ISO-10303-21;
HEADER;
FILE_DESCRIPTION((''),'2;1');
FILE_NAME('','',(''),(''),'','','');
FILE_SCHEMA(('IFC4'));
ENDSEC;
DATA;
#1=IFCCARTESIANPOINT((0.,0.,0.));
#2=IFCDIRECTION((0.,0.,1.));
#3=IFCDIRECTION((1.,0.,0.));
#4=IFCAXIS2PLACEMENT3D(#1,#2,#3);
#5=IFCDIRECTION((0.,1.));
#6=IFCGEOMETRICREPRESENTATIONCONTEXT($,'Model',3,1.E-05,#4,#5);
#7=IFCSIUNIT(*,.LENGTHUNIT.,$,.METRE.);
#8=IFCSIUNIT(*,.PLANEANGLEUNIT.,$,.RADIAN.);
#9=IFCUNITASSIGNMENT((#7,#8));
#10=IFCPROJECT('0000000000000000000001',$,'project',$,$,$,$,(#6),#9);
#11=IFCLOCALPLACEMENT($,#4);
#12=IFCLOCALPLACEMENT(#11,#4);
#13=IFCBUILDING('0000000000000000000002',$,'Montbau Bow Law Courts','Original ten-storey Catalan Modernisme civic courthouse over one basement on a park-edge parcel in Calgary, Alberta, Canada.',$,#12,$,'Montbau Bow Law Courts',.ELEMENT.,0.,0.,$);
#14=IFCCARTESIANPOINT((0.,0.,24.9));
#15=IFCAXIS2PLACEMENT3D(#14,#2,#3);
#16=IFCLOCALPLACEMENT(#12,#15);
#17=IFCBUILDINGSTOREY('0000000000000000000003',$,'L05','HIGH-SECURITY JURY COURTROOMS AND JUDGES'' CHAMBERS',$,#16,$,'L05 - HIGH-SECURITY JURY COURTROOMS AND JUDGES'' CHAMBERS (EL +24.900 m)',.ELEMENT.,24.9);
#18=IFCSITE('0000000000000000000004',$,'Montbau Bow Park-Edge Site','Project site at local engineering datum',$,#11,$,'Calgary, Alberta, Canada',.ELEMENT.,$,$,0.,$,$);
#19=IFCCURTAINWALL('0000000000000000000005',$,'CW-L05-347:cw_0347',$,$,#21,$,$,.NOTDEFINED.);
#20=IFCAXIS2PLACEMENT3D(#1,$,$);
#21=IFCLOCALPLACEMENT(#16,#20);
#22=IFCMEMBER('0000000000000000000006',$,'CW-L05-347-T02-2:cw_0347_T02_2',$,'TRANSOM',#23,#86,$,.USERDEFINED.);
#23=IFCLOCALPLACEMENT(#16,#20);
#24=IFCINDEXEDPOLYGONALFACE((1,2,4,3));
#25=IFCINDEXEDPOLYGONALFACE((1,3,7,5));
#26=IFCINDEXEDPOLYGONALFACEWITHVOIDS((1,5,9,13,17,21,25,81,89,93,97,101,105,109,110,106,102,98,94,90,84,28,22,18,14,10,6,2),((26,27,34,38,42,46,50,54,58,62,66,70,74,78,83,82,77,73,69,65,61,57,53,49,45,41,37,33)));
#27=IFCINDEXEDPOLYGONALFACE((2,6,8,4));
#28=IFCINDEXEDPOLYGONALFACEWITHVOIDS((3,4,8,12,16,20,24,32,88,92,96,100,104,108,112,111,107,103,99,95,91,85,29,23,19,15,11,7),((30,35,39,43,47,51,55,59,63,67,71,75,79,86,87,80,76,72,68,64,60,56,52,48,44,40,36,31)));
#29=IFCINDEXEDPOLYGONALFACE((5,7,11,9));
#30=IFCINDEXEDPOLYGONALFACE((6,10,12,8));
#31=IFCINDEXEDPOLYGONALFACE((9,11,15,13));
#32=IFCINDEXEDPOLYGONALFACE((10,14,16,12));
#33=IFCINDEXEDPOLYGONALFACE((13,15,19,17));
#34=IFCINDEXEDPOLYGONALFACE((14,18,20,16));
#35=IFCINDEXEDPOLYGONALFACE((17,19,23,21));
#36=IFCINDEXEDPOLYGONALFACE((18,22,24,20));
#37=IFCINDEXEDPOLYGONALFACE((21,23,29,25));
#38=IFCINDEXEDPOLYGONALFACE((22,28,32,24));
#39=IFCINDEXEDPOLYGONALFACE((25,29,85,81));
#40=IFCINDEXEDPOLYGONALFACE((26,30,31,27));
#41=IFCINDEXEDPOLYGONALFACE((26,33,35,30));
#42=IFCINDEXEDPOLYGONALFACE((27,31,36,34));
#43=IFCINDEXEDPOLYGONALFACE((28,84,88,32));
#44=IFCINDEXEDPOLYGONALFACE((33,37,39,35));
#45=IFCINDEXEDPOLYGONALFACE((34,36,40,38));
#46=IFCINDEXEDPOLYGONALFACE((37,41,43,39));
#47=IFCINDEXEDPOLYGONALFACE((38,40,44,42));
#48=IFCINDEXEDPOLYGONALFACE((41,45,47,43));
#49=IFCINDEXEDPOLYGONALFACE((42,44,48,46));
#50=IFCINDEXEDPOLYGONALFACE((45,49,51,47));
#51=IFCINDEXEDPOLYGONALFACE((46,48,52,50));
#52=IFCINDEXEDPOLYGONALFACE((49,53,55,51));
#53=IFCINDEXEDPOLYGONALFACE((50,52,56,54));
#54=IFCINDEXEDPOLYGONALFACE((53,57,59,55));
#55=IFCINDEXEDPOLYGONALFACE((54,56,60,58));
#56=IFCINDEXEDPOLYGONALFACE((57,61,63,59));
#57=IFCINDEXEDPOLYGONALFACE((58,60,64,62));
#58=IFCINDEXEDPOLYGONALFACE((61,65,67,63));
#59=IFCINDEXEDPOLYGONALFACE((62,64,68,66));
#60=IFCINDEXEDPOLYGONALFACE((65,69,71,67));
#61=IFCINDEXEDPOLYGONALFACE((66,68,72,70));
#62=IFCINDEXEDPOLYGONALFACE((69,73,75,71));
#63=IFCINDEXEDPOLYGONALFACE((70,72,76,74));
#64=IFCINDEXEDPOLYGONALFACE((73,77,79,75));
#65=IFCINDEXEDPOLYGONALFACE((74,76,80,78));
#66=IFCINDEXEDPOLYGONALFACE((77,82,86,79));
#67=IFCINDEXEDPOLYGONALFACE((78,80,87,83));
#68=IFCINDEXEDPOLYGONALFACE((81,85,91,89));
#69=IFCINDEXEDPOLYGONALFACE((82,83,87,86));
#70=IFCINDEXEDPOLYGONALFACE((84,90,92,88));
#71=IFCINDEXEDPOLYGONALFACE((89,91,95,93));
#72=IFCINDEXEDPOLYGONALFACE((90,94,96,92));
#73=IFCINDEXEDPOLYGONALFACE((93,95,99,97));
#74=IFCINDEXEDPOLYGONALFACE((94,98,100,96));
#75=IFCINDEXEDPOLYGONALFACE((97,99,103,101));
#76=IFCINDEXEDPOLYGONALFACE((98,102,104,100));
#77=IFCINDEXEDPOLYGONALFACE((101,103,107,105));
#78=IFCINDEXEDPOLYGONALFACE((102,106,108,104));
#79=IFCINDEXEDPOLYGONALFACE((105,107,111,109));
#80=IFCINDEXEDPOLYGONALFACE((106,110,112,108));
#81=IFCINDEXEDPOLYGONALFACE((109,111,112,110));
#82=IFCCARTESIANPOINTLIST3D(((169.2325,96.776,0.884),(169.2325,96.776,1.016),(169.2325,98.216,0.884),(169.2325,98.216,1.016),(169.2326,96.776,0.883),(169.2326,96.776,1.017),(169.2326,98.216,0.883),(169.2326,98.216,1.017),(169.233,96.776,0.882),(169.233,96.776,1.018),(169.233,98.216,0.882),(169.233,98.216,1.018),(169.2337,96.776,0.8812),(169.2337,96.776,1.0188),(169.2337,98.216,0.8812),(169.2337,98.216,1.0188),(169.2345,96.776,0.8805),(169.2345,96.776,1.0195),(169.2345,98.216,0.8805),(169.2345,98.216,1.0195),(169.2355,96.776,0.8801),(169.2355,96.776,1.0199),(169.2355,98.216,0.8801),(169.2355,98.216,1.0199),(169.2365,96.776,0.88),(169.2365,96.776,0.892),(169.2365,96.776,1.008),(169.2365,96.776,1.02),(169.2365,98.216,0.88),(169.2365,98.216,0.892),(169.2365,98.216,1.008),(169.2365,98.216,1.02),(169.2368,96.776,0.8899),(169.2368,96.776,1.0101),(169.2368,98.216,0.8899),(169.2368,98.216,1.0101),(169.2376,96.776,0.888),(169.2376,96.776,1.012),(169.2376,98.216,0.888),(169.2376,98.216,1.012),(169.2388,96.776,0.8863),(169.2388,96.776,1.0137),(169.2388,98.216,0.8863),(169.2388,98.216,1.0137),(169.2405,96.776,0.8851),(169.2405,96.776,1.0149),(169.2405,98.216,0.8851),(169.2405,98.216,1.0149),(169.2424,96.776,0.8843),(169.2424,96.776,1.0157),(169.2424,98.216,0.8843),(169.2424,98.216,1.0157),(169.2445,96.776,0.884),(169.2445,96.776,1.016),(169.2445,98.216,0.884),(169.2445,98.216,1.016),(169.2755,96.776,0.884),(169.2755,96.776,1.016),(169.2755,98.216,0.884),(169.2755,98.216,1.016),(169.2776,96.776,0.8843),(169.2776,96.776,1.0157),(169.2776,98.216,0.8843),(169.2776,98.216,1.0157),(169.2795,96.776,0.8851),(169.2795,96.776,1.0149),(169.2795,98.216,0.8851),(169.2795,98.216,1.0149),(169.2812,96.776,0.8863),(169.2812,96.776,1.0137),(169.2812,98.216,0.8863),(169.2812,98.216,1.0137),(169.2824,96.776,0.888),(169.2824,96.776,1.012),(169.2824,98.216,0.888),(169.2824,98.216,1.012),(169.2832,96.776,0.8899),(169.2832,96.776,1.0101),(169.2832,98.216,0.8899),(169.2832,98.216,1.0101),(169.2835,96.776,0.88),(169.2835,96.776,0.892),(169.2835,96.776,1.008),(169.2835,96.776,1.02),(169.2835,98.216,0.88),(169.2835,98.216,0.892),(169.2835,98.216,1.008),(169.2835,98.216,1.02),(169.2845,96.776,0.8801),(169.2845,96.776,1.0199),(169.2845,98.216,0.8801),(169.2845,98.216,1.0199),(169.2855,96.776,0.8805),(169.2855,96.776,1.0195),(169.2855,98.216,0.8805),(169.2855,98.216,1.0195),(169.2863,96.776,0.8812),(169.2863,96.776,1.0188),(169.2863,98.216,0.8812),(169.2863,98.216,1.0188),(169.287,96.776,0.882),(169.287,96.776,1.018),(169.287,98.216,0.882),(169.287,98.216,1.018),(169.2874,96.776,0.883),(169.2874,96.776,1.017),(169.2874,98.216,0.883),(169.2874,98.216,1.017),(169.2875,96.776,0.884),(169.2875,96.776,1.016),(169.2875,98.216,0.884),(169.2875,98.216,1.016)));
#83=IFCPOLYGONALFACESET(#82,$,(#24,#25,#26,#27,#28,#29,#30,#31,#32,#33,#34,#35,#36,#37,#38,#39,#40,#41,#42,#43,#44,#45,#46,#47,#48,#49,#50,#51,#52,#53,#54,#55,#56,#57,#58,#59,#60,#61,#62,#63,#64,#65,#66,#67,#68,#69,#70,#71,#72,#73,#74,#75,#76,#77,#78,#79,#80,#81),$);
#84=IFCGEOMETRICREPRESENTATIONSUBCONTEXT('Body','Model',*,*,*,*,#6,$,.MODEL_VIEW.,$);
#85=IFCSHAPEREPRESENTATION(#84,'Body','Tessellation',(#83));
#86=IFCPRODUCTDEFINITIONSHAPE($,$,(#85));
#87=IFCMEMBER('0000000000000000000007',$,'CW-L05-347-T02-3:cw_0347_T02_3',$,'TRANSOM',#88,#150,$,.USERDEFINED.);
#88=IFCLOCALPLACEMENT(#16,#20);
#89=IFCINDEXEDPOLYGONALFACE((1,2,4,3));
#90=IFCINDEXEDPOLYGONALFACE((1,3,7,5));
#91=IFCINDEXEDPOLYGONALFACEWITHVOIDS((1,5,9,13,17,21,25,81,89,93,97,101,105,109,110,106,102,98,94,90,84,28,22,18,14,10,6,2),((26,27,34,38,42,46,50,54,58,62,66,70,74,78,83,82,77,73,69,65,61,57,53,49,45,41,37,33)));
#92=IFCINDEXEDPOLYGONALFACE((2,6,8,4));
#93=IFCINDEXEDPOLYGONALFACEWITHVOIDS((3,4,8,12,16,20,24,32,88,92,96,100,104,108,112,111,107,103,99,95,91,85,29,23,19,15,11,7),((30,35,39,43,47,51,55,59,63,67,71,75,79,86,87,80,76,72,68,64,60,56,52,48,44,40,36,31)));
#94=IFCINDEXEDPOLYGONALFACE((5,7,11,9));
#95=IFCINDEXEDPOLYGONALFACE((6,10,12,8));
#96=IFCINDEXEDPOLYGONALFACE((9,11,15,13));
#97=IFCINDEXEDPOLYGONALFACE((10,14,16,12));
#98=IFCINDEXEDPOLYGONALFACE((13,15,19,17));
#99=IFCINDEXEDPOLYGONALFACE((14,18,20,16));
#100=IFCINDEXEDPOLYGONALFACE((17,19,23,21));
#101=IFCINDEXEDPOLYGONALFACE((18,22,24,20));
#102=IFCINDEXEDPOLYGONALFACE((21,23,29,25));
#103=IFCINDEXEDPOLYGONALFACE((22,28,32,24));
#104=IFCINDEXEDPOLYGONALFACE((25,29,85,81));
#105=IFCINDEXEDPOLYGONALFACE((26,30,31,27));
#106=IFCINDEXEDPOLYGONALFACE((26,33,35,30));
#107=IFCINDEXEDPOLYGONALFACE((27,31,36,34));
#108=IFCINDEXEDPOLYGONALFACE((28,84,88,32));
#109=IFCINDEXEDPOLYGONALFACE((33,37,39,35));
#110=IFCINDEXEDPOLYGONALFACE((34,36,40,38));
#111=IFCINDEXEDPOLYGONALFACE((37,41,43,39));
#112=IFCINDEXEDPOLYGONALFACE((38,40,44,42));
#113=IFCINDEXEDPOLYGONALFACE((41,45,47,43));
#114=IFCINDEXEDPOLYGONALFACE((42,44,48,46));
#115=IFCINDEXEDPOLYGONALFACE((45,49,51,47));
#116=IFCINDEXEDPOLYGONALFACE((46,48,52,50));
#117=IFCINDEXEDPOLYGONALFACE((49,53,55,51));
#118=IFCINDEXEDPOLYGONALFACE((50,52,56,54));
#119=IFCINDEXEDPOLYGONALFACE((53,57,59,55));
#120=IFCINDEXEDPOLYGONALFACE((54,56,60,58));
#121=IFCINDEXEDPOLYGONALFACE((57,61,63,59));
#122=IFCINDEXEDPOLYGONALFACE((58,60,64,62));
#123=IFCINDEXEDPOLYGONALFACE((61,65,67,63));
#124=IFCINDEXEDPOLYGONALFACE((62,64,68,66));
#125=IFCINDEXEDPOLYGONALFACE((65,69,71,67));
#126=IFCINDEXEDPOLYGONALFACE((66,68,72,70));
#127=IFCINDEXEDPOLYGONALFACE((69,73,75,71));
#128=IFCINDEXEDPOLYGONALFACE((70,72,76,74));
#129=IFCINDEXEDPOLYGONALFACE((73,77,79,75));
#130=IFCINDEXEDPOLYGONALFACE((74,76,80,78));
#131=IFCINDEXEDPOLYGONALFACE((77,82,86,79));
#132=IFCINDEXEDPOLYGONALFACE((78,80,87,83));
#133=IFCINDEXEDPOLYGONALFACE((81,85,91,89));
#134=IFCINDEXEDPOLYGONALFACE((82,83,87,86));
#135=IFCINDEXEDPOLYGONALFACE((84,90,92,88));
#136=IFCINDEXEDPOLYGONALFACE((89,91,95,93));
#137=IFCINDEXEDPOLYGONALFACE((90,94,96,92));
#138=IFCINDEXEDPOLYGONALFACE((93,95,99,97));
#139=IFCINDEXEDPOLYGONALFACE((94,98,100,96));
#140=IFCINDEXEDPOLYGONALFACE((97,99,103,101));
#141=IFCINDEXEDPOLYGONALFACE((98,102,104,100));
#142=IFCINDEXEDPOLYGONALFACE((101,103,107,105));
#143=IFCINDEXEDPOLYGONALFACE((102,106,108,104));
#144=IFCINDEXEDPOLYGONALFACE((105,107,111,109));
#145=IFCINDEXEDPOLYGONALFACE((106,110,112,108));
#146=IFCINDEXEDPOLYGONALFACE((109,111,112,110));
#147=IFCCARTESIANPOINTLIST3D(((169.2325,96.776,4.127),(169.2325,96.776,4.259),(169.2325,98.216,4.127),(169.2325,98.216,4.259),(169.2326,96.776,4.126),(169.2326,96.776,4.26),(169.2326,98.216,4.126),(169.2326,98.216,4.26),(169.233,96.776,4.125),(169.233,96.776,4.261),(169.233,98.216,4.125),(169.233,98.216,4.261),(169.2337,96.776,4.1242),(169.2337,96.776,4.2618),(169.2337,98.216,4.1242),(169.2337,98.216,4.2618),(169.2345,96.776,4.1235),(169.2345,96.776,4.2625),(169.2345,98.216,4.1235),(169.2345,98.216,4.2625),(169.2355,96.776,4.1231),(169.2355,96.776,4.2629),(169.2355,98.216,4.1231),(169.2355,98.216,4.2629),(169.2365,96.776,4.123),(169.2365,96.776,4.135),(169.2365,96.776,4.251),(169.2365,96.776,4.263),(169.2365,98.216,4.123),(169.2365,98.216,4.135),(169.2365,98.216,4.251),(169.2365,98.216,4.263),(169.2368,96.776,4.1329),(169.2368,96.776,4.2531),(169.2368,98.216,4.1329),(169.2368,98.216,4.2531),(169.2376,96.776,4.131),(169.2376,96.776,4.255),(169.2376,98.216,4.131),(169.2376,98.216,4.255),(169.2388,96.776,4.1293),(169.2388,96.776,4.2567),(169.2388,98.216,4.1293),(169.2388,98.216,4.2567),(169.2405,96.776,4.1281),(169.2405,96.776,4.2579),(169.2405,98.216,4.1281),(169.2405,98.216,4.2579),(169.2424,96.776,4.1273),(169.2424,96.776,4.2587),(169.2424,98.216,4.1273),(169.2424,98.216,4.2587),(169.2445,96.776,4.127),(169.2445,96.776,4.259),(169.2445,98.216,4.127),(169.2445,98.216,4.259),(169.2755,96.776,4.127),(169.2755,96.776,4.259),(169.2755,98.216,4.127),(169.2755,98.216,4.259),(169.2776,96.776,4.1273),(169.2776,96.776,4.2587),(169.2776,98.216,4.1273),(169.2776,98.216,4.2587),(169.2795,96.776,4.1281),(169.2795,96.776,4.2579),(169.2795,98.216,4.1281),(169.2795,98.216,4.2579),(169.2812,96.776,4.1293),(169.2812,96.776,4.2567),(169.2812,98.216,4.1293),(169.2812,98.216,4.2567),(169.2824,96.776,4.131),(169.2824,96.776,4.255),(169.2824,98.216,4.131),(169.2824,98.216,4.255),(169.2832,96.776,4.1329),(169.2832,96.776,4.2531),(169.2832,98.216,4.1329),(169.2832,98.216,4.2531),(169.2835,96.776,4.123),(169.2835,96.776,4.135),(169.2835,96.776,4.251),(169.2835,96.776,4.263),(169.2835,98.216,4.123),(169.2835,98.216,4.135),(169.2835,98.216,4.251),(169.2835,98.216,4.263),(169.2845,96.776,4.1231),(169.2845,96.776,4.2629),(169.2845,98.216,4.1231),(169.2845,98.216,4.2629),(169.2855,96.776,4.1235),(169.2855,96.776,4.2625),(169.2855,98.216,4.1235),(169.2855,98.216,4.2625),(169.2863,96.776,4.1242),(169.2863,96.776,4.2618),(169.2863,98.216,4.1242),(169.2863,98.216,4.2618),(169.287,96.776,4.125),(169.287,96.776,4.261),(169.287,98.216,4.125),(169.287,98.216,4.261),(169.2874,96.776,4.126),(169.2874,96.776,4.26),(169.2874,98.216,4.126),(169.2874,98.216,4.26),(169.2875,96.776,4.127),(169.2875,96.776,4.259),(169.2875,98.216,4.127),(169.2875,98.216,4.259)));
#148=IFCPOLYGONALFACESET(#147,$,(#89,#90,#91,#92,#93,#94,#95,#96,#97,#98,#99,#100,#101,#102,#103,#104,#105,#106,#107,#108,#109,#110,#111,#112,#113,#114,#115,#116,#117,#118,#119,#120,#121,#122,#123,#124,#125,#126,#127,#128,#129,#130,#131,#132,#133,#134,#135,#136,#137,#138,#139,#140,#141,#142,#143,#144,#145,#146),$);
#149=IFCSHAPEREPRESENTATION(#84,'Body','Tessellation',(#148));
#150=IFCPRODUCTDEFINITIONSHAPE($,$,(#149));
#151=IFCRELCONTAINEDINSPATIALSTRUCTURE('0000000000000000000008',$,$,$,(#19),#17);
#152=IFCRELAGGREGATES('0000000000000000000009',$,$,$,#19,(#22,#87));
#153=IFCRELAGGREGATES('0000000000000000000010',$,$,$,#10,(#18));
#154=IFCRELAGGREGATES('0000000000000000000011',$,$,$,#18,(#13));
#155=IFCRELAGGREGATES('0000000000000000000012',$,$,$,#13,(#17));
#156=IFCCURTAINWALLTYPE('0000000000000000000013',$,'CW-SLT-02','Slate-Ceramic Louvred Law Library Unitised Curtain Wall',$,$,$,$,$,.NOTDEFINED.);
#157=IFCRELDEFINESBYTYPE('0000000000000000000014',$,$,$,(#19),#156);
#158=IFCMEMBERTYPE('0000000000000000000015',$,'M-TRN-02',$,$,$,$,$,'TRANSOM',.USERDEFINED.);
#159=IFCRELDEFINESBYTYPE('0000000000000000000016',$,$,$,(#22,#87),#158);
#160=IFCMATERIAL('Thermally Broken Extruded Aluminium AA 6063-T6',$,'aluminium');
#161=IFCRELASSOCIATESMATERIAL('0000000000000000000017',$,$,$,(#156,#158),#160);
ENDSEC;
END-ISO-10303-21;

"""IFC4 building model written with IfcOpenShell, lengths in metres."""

from ifc_helpers import new_model, si_unit, direction, frame, origin_with_axes, origin_2d_with_axis, place, context, subcontext, project, spatial, hollow_rectangle, extrude, material, material_profile, profile_set, type_object, element, aggregate, save


model = new_model("IFC4")

# Units and contexts
model_context = context("Model", 3, precision=1e-05, world=origin_with_axes(), true_north=direction((0.0, 1.0)))
body_context = subcontext(model_context, "Body", "Model", "MODEL_VIEW")
ifc_project = project(units=[si_unit("LENGTHUNIT", "METRE"), si_unit("PLANEANGLEUNIT", "RADIAN")], contexts=[model_context])

# Site, building, storey
site_placement = place(None, origin_with_axes())
site = spatial("IfcSite", under=ifc_project, at=site_placement, Name="Montbau Bow Park-Edge Site", Description="Project site at local engineering datum", LongName="Calgary, Alberta, Canada", CompositionType="ELEMENT", RefElevation=0.0)
building_placement = place(site_placement, origin_with_axes())
building = spatial("IfcBuilding", under=site, at=building_placement, Name="Montbau Bow Law Courts", Description="Original ten-storey Catalan Modernisme civic courthouse over one basement on a park-edge parcel in Calgary, Alberta, Canada.", LongName="Montbau Bow Law Courts", CompositionType="ELEMENT", ElevationOfRefHeight=0.0, ElevationOfTerrain=0.0)
storey_placement = place(building_placement, frame((0.0, 0.0, 24.9), z_axis=(0.0, 0.0, 1.0), x_axis=(1.0, 0.0, 0.0)))
storey = spatial("IfcBuildingStorey", under=building, at=storey_placement, Name="L05", Description="HIGH-SECURITY JURY COURTROOMS AND JUDGES' CHAMBERS", LongName="L05 - HIGH-SECURITY JURY COURTROOMS AND JUDGES' CHAMBERS (EL +24.900 m)", CompositionType="ELEMENT", Elevation=24.9)

# Curtain wall, members
ifc_material_1 = material(Name="Thermally Broken Extruded Aluminium AA 6063-T6", Category="aluminium")
curtain_wall_type = type_object("IfcCurtainWallType", Name="CW-SLT-02", Description="Slate-Ceramic Louvred Law Library Unitised Curtain Wall", PredefinedType="NOTDEFINED", material=ifc_material_1)
curtain_wall_placement = place(None, frame((169.26, 95.24, 24.9), z_axis=(0.0, 0.0, 1.0), x_axis=(1.0, 0.0, 0.0)))
curtain_wall = element("IfcCurtainWall", 1, at=curtain_wall_placement, inside=storey, type_object=curtain_wall_type, Name="CW-L05-347:cw_0347", PredefinedType="NOTDEFINED")
ifc_material_profile_1 = material_profile(ifc_material_1, hollow_rectangle(XDim=0.055, YDim=0.14, WallThickness=0.004, InnerFilletRadius=0.008, OuterFilletRadius=0.004, at=origin_2d_with_axis()), Name="CWT-140X55", Category="Main", Priority=0)
ifc_profile_set_1 = profile_set([ifc_material_profile_1], Name="Thermally Broken Extruded Aluminium AA 6063-T6")
member_type_1 = type_object("IfcMemberType", Name="M-TRN-02", ElementType="TRANSOM", PredefinedType="USERDEFINED", material=ifc_profile_set_1)
member_1_placement = place(None, frame((169.26, 96.776, 25.85), z_axis=(0.0, 1.0, 0.0), x_axis=(-1.0, 0.0, 0.0)))
member_1 = element("IfcMember", 2, at=member_1_placement, type_object=member_type_1, Name="CW-L05-347-T02-2:cw_0347_T02_2", ObjectType="TRANSOM", PredefinedType="USERDEFINED", context=body_context, shape_type="SweptSolid", body=[
    extrude(hollow_rectangle(XDim=0.055, YDim=0.14, WallThickness=0.004, InnerFilletRadius=0.008, OuterFilletRadius=0.004, at=origin_2d_with_axis()), origin_with_axes(), (0.0, 0.0, 1.0), 1.44),
])
member_2_placement = place(None, frame((169.26, 96.776, 29.093), z_axis=(0.0, 1.0, 0.0), x_axis=(-1.0, 0.0, 0.0)))
member_2 = element("IfcMember", 3, at=member_2_placement, type_object=member_type_1, Name="CW-L05-347-T02-3:cw_0347_T02_3", ObjectType="TRANSOM", PredefinedType="USERDEFINED", context=body_context, shape_type="SweptSolid", body=[
    extrude(hollow_rectangle(XDim=0.055, YDim=0.14, WallThickness=0.004, InnerFilletRadius=0.008, OuterFilletRadius=0.004, at=origin_2d_with_axis()), origin_with_axes(), (0.0, 0.0, 1.0), 1.44),
])
aggregate(curtain_wall, [member_1, member_2])

save(model, "model.ifc")
